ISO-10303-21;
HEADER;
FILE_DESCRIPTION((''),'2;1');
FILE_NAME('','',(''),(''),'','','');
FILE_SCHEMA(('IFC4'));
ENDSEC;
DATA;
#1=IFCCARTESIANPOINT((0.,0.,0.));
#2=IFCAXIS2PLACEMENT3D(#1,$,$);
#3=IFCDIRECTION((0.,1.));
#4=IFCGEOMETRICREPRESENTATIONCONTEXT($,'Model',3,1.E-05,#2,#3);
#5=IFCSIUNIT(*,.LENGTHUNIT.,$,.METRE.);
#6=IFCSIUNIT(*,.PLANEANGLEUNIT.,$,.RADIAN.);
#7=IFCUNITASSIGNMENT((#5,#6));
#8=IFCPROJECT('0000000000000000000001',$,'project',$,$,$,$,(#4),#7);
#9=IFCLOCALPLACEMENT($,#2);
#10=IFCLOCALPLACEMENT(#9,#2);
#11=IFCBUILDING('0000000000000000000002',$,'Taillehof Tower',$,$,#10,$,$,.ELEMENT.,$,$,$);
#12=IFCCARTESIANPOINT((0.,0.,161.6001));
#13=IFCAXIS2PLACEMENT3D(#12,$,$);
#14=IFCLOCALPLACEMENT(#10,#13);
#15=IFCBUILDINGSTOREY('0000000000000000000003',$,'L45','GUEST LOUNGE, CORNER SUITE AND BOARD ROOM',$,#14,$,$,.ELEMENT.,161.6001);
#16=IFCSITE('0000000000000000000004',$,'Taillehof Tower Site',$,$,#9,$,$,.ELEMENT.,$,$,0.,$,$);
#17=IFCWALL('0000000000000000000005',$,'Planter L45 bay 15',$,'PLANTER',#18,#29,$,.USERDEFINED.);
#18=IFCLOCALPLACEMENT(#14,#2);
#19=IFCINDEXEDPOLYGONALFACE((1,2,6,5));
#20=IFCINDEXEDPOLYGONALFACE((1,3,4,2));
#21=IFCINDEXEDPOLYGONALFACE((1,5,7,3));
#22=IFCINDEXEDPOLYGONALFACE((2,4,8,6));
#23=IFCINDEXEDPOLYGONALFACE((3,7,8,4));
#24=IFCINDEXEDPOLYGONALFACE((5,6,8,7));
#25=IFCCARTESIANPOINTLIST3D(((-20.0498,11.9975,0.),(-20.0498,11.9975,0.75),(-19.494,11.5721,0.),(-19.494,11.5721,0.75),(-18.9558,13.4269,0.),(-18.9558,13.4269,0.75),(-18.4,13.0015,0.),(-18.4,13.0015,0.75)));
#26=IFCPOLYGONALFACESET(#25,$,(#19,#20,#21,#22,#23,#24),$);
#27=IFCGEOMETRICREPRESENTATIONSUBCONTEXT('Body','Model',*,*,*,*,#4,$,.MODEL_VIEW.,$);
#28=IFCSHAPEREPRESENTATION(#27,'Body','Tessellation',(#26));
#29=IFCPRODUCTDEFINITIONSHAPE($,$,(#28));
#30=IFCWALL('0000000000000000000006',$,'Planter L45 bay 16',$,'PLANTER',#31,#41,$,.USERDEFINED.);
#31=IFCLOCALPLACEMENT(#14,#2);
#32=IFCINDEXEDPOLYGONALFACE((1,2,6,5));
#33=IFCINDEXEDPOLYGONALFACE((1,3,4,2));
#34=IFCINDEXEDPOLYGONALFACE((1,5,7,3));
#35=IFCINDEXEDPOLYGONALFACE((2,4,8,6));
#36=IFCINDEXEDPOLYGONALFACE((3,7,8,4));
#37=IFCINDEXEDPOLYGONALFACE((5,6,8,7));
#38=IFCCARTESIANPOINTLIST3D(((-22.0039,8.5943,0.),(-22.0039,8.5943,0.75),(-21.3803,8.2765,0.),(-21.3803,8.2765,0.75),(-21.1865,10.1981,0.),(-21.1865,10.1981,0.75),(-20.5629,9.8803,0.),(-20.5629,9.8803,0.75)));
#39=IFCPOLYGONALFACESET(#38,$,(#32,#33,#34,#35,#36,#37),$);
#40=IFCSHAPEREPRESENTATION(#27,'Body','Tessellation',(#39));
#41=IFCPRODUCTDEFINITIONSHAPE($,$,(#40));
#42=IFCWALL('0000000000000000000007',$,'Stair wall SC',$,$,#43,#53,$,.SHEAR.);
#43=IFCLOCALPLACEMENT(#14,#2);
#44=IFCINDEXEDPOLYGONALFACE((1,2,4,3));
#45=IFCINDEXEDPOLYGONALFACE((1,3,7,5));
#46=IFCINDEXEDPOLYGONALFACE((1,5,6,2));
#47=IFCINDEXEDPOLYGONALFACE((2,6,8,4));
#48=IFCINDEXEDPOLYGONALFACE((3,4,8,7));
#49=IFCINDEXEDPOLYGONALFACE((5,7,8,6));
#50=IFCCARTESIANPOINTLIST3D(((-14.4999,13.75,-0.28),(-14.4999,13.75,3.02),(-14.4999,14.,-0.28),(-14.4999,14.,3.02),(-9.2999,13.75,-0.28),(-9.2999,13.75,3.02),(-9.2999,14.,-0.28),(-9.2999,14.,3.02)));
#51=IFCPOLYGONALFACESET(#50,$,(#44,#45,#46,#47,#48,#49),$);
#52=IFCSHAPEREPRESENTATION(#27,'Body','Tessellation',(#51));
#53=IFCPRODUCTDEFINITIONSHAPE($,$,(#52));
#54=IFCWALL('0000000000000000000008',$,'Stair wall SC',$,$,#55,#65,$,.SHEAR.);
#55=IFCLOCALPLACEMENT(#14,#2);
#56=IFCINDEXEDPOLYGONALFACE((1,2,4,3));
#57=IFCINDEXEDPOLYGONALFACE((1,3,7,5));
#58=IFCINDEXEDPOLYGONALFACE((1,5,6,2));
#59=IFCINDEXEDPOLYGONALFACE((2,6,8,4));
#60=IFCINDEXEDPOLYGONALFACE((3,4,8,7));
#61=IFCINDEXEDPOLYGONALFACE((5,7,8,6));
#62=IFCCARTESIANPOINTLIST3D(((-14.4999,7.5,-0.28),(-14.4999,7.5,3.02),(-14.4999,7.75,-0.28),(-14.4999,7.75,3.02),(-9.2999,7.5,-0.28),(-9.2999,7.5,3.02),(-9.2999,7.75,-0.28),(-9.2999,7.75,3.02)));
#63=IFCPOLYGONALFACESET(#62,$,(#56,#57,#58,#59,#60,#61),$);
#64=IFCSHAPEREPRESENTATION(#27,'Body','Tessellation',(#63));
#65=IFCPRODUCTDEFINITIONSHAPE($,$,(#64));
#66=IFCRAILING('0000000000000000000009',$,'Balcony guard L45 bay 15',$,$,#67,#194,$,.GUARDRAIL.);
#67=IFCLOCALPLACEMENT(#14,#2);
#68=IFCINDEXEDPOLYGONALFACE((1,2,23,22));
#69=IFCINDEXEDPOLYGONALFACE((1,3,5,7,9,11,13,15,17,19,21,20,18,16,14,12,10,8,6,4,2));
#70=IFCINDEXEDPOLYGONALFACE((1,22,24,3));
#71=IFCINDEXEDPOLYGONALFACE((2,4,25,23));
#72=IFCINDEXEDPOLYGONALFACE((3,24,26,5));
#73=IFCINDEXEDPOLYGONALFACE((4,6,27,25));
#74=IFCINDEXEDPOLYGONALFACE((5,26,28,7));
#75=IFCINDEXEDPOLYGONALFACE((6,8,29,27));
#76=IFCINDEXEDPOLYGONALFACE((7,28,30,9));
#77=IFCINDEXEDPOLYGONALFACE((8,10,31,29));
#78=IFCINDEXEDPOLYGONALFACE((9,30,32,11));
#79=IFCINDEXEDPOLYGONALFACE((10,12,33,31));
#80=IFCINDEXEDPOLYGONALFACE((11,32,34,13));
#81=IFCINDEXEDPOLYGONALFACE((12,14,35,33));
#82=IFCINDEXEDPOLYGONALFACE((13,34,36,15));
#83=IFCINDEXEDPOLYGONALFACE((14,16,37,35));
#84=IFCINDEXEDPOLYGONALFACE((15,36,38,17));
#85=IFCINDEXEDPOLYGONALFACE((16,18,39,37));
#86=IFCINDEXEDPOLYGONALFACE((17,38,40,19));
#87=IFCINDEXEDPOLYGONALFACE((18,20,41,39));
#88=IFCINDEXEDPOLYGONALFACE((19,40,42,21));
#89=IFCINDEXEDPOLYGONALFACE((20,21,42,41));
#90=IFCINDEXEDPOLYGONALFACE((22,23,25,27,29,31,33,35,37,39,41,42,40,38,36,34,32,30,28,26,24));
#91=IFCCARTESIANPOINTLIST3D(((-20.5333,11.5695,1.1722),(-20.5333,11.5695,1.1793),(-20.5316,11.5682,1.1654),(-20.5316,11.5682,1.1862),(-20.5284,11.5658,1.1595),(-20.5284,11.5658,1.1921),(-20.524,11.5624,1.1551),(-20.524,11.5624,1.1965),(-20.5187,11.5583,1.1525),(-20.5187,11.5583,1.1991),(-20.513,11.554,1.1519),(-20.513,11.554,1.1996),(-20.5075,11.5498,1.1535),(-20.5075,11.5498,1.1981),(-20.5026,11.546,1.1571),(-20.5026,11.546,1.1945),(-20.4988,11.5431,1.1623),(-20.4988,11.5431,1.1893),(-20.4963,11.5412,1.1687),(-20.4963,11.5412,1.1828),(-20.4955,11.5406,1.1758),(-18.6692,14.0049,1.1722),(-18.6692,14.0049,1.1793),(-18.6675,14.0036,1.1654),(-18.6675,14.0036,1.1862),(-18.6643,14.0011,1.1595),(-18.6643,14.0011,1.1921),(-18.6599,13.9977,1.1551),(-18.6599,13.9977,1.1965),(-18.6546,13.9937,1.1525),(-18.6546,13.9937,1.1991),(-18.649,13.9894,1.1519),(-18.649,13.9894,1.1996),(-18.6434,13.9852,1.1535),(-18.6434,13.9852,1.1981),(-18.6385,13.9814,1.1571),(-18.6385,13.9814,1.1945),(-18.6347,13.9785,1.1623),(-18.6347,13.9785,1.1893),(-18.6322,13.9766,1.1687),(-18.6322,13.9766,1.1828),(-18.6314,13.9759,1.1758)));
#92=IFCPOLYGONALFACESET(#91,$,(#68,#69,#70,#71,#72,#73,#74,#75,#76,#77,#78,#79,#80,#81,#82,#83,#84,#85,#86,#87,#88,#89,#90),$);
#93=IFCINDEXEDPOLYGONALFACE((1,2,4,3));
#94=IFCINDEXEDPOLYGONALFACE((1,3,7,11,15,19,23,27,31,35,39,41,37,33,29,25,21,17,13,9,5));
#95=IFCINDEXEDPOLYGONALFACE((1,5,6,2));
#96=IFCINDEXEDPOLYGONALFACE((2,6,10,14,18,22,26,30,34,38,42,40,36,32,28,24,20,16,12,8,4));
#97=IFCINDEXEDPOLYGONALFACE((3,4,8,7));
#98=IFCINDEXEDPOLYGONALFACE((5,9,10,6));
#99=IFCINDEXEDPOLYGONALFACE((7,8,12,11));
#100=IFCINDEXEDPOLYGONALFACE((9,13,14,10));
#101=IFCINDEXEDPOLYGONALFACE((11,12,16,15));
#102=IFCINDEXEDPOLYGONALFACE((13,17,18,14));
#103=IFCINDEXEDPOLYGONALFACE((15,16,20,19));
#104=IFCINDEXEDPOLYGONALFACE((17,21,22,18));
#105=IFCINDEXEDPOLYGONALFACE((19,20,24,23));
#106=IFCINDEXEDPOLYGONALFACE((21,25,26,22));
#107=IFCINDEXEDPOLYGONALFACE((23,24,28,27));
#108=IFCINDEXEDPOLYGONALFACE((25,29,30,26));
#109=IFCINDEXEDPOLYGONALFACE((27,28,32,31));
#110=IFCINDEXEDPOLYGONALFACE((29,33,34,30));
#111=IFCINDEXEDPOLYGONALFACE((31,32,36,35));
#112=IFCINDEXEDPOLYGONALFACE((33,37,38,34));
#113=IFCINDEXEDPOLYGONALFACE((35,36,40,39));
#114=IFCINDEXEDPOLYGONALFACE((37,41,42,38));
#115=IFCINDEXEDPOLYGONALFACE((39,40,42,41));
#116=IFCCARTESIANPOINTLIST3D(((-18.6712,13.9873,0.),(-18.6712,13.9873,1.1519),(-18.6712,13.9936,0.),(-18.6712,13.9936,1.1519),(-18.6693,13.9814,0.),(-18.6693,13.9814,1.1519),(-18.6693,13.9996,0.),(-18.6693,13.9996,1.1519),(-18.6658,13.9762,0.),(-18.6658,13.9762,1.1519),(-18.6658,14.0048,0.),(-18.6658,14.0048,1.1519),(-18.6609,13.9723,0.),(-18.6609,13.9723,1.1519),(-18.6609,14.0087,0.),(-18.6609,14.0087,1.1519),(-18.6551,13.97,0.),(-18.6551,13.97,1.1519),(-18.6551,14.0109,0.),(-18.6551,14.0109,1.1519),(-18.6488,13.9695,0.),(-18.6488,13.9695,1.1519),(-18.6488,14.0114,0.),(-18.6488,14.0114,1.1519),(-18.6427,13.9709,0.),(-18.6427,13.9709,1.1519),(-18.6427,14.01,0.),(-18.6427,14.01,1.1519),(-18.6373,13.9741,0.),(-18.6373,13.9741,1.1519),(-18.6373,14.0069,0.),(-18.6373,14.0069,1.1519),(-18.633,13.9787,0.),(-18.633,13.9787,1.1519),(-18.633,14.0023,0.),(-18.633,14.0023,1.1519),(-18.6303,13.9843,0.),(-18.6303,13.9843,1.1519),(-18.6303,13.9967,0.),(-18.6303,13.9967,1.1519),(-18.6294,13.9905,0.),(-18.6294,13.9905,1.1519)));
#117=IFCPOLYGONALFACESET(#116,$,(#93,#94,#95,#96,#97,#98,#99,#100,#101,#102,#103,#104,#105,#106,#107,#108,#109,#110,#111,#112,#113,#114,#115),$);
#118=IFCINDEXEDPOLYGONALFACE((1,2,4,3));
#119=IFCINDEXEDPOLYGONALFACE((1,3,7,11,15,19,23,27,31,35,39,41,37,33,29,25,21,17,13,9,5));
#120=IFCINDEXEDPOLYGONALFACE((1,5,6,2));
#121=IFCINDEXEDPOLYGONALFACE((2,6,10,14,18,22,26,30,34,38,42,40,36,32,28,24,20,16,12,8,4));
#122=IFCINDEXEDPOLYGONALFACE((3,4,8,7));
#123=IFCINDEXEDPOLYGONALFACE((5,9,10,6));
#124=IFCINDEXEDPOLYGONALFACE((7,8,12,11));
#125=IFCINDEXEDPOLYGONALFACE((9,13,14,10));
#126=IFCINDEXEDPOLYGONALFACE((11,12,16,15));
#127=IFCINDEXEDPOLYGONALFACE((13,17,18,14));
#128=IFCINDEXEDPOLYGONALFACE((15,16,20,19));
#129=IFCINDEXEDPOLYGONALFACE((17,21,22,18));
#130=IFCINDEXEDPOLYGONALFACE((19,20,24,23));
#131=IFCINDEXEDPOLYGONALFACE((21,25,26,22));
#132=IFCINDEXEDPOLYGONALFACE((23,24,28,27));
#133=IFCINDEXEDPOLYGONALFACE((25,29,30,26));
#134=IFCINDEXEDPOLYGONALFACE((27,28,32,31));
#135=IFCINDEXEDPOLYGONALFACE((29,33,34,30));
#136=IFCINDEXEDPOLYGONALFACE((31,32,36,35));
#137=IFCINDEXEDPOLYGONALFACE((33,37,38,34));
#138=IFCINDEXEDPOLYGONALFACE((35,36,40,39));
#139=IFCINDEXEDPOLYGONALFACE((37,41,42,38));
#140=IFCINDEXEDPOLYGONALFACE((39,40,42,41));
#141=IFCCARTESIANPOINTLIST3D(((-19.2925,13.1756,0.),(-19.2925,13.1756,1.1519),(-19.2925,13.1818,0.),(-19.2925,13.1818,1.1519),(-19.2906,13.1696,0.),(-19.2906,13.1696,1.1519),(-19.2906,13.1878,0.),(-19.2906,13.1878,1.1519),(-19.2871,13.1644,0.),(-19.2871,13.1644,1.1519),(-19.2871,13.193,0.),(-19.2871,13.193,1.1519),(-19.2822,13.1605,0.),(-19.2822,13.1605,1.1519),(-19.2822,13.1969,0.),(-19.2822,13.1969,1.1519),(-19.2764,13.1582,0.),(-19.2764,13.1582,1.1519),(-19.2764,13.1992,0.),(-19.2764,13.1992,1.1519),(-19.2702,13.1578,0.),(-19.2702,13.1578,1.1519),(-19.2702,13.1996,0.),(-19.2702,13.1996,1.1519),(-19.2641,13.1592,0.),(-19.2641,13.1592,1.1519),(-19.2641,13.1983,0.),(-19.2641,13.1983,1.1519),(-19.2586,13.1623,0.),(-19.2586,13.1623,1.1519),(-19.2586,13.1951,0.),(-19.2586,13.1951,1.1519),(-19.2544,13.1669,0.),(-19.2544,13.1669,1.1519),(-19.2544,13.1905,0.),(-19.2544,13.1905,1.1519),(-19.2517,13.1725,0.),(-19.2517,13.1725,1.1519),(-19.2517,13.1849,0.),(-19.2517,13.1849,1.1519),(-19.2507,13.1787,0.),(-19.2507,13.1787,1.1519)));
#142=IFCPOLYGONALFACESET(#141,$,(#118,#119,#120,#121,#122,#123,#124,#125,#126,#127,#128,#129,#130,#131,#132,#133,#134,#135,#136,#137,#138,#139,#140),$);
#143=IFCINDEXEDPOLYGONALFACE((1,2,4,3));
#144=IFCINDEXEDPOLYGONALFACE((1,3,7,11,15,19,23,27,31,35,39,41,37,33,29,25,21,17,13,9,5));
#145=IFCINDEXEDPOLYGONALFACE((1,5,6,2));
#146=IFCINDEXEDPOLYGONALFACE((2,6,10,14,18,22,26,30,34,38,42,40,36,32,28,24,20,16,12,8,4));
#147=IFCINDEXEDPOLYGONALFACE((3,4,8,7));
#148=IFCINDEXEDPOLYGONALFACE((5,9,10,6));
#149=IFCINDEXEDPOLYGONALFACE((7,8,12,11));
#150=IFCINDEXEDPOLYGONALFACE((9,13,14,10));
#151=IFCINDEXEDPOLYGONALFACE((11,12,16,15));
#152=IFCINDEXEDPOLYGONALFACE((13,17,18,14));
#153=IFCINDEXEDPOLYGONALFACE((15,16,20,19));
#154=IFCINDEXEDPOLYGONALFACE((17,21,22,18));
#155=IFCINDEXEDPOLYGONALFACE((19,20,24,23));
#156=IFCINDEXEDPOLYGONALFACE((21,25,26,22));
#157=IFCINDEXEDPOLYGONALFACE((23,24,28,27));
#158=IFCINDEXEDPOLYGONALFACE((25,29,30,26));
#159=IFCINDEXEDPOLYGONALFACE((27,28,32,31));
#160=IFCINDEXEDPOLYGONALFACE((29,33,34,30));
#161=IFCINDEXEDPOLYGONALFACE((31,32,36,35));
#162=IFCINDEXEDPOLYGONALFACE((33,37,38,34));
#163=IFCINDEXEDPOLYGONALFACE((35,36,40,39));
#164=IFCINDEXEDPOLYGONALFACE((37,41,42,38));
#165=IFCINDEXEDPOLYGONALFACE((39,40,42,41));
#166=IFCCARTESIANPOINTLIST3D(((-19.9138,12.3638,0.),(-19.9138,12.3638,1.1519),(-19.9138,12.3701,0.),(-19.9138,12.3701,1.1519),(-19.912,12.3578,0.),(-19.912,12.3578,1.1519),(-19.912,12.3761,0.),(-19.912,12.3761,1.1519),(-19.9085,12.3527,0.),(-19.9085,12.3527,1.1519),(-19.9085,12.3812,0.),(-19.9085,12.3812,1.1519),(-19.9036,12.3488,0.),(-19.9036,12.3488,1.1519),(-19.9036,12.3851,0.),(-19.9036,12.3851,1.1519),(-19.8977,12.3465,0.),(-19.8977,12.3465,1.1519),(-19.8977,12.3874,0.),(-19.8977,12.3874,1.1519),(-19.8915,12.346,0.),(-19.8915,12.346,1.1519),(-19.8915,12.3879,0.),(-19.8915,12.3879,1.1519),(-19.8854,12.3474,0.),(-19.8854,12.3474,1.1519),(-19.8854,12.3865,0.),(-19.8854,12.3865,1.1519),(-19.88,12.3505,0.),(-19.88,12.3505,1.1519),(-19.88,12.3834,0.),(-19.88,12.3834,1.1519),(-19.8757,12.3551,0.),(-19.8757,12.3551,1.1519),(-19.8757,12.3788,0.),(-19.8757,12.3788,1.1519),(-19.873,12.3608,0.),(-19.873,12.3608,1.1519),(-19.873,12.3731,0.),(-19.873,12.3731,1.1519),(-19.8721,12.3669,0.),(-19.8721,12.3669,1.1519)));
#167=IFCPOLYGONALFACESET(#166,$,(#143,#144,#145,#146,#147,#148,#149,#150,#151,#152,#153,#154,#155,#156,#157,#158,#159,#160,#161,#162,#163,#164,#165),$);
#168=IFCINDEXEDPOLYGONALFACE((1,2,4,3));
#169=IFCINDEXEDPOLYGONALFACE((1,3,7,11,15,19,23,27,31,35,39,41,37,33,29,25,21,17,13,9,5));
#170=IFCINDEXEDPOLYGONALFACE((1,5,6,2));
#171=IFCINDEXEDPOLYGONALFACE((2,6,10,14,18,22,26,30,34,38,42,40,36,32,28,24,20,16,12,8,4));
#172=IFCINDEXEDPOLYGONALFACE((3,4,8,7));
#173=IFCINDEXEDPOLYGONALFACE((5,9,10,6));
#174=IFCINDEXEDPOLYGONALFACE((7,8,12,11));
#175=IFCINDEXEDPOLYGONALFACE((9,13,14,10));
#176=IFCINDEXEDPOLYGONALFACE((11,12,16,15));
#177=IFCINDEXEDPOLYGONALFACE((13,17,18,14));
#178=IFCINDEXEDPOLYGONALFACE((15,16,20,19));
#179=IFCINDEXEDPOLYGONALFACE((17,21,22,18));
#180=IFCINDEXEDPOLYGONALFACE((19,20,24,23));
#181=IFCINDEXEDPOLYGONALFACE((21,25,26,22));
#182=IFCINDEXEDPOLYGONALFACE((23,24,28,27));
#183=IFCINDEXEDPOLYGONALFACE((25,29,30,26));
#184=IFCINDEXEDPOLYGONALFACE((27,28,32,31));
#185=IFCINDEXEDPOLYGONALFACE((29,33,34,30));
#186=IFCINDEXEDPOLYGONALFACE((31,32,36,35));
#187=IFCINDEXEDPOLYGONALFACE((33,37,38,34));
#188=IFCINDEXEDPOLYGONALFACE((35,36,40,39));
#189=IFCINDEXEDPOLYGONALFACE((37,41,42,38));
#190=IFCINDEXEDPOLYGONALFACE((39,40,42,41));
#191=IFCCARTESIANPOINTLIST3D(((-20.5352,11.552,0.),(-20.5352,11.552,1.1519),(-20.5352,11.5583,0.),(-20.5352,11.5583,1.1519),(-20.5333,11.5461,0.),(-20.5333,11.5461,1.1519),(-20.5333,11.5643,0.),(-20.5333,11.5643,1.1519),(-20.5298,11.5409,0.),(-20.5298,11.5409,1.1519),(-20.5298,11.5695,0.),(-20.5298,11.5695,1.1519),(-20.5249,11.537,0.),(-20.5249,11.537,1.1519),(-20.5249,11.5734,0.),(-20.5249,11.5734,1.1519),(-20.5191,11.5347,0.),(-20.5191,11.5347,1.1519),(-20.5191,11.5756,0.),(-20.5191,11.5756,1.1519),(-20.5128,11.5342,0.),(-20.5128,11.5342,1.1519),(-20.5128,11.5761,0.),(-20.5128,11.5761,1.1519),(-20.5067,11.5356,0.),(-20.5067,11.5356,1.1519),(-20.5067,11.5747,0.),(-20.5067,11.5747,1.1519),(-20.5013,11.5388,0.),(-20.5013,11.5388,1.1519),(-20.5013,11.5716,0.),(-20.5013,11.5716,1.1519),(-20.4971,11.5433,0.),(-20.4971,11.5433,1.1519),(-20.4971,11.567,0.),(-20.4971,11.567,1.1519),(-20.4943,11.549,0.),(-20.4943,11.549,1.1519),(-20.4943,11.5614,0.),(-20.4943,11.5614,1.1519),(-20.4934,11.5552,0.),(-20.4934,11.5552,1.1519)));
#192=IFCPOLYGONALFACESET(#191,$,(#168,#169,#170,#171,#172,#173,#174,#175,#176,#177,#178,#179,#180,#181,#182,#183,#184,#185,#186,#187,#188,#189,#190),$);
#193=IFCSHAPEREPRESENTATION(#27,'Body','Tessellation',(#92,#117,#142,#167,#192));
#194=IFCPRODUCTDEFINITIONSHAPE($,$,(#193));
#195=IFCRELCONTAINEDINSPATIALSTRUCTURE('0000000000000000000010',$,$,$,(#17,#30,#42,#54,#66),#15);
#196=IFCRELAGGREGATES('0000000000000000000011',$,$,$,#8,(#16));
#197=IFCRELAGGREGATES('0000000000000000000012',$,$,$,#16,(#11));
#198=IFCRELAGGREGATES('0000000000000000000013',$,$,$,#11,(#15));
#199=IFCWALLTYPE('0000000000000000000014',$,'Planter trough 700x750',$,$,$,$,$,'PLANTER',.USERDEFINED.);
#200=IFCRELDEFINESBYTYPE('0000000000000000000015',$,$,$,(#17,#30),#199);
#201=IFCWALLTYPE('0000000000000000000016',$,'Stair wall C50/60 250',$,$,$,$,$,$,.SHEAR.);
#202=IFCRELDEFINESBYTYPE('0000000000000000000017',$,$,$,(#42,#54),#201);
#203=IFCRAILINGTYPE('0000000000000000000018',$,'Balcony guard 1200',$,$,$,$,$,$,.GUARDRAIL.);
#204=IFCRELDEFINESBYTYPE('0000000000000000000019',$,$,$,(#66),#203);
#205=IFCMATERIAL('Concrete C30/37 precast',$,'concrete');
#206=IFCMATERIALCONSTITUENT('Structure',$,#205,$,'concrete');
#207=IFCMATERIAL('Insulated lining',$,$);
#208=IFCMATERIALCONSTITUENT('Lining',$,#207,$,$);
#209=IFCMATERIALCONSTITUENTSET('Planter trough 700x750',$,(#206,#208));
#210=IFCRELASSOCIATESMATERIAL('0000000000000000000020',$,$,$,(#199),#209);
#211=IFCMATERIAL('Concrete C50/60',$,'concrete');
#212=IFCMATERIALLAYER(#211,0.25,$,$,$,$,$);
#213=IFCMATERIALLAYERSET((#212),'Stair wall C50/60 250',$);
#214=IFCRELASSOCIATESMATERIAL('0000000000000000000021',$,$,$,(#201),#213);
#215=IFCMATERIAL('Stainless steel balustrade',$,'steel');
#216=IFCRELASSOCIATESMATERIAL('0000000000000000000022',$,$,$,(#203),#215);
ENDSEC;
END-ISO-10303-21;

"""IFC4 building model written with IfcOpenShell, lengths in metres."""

from ifc_helpers import new_model, si_unit, direction, frame, frame_2d, origin, origin_2d, place, context, subcontext, project, spatial, rectangle, circle, extrude, material, layer, layer_set, constituent, constituent_set, type_object, element, save


model = new_model("IFC4")

# Units and contexts
model_context = context("Model", 3, precision=1e-05, world=origin(), true_north=direction((0.0, 1.0)))
body_context = subcontext(model_context, "Body", "Model", "MODEL_VIEW")
ifc_project = project(units=[si_unit("LENGTHUNIT", "METRE"), si_unit("PLANEANGLEUNIT", "RADIAN")], contexts=[model_context])

# Site, building, storey
site_placement = place(None, origin())
site = spatial("IfcSite", under=ifc_project, at=site_placement, Name="Taillehof Tower Site", CompositionType="ELEMENT", RefElevation=0.0)
building_placement = place(site_placement, origin())
building = spatial("IfcBuilding", under=site, at=building_placement, Name="Taillehof Tower", CompositionType="ELEMENT")
storey_placement = place(building_placement, frame((0.0, 0.0, 161.6001)))
storey = spatial("IfcBuildingStorey", under=building, at=storey_placement, Name="L45", Description="GUEST LOUNGE, CORNER SUITE AND BOARD ROOM", CompositionType="ELEMENT", Elevation=161.6001)

# Walls
ifc_material_1 = material(Name="Concrete C30/37 precast", Category="concrete")
ifc_constituent_1 = constituent(ifc_material_1, Name="Structure", Category="concrete")
ifc_material_2 = material(Name="Insulated lining")
ifc_constituent_2 = constituent(ifc_material_2, Name="Lining")
ifc_constituent_set = constituent_set(constituents=[ifc_constituent_1, ifc_constituent_2], Name="Planter trough 700x750")
wall_type_1 = type_object("IfcWallType", Name="Planter trough 700x750", ElementType="PLANTER", PredefinedType="USERDEFINED", material=ifc_constituent_set)
for number, where, z_axis, x_axis, name in (
    (1, (-18.678, 13.2141, 0.0), (0.0, 0.0, 1.0), (-0.607762, -0.794119, 0.0), "Planter L45 bay 15"),
    (2, (-20.8748, 10.0391, 0.0), (0.0, 0.0, 1.0), (-0.45409, -0.890956, 0.0), "Planter L45 bay 16"),
):
    element("IfcWall", number, at=place(storey_placement, frame(where, z_axis=z_axis, x_axis=x_axis)), inside=storey, type_object=wall_type_1, Name=name, ObjectType="PLANTER", PredefinedType="USERDEFINED", context=body_context, shape_type="SweptSolid", body=[
        extrude(rectangle(XDim=1.8, YDim=0.7, at=frame_2d((0.8999, 0.0))), origin(), (0.0, 0.0, 1.0), 0.75),
    ])
ifc_material_3 = material(Name="Concrete C50/60", Category="concrete")
ifc_layer_1 = layer(ifc_material_3, 0.25)
ifc_layer_set_1 = layer_set([ifc_layer_1], Name="Stair wall C50/60 250")
wall_type_2 = type_object("IfcWallType", Name="Stair wall C50/60 250", PredefinedType="SHEAR", material=ifc_layer_set_1)
for number, where, z_axis, x_axis, name in (
    (3, (-14.5, 13.875, -0.28), (0.0, 0.0, 1.0), (1.0, 0.0, 0.0), "Stair wall SC"),
    (4, (-14.5, 7.625, -0.28), (0.0, 0.0, 1.0), (1.0, 0.0, 0.0), "Stair wall SC"),
):
    element("IfcWall", number, at=place(storey_placement, frame(where, z_axis=z_axis, x_axis=x_axis)), inside=storey, type_object=wall_type_2, Name=name, PredefinedType="SHEAR", context=body_context, shape_type="SweptSolid", body=[
        extrude(rectangle(XDim=5.2, YDim=0.25, at=frame_2d((2.6001, 0.0))), origin(), (0.0, 0.0, 1.0), 3.3),
    ])

# Railing
ifc_material_4 = material(Name="Stainless steel balustrade", Category="steel")
railing_type = type_object("IfcRailingType", Name="Balcony guard 1200", PredefinedType="GUARDRAIL", material=ifc_material_4)
railing_1_placement = place(storey_placement, frame((-18.6504, 13.9905, 0.0)))
element("IfcRailing", 5, at=railing_1_placement, inside=storey, type_object=railing_type, Name="Balcony guard L45 bay 15", PredefinedType="GUARDRAIL", context=body_context, shape_type="SweptSolid", body=[
    extrude(circle(Radius=0.0239, at=origin_2d()), frame((0.0, 0.0, 1.1758), z_axis=(-0.607805, -0.794087, 0.0), x_axis=(0.794087, -0.607805, 0.0)), (0.0, 0.0, 1.0), 3.0669),
    extrude(circle(Radius=0.021, at=origin_2d()), origin(), (0.0, 0.0, 1.0), 1.1519),
    extrude(circle(Radius=0.021, at=origin_2d()), frame((-0.6213, -0.8118, 0.0)), (0.0, 0.0, 1.0), 1.1519),
    extrude(circle(Radius=0.021, at=origin_2d()), frame((-1.2427, -1.6235, 0.0)), (0.0, 0.0, 1.0), 1.1519),
    extrude(circle(Radius=0.021, at=origin_2d()), frame((-1.864, -2.4353, 0.0)), (0.0, 0.0, 1.0), 1.1519),
])

save(model, "model.ifc")
